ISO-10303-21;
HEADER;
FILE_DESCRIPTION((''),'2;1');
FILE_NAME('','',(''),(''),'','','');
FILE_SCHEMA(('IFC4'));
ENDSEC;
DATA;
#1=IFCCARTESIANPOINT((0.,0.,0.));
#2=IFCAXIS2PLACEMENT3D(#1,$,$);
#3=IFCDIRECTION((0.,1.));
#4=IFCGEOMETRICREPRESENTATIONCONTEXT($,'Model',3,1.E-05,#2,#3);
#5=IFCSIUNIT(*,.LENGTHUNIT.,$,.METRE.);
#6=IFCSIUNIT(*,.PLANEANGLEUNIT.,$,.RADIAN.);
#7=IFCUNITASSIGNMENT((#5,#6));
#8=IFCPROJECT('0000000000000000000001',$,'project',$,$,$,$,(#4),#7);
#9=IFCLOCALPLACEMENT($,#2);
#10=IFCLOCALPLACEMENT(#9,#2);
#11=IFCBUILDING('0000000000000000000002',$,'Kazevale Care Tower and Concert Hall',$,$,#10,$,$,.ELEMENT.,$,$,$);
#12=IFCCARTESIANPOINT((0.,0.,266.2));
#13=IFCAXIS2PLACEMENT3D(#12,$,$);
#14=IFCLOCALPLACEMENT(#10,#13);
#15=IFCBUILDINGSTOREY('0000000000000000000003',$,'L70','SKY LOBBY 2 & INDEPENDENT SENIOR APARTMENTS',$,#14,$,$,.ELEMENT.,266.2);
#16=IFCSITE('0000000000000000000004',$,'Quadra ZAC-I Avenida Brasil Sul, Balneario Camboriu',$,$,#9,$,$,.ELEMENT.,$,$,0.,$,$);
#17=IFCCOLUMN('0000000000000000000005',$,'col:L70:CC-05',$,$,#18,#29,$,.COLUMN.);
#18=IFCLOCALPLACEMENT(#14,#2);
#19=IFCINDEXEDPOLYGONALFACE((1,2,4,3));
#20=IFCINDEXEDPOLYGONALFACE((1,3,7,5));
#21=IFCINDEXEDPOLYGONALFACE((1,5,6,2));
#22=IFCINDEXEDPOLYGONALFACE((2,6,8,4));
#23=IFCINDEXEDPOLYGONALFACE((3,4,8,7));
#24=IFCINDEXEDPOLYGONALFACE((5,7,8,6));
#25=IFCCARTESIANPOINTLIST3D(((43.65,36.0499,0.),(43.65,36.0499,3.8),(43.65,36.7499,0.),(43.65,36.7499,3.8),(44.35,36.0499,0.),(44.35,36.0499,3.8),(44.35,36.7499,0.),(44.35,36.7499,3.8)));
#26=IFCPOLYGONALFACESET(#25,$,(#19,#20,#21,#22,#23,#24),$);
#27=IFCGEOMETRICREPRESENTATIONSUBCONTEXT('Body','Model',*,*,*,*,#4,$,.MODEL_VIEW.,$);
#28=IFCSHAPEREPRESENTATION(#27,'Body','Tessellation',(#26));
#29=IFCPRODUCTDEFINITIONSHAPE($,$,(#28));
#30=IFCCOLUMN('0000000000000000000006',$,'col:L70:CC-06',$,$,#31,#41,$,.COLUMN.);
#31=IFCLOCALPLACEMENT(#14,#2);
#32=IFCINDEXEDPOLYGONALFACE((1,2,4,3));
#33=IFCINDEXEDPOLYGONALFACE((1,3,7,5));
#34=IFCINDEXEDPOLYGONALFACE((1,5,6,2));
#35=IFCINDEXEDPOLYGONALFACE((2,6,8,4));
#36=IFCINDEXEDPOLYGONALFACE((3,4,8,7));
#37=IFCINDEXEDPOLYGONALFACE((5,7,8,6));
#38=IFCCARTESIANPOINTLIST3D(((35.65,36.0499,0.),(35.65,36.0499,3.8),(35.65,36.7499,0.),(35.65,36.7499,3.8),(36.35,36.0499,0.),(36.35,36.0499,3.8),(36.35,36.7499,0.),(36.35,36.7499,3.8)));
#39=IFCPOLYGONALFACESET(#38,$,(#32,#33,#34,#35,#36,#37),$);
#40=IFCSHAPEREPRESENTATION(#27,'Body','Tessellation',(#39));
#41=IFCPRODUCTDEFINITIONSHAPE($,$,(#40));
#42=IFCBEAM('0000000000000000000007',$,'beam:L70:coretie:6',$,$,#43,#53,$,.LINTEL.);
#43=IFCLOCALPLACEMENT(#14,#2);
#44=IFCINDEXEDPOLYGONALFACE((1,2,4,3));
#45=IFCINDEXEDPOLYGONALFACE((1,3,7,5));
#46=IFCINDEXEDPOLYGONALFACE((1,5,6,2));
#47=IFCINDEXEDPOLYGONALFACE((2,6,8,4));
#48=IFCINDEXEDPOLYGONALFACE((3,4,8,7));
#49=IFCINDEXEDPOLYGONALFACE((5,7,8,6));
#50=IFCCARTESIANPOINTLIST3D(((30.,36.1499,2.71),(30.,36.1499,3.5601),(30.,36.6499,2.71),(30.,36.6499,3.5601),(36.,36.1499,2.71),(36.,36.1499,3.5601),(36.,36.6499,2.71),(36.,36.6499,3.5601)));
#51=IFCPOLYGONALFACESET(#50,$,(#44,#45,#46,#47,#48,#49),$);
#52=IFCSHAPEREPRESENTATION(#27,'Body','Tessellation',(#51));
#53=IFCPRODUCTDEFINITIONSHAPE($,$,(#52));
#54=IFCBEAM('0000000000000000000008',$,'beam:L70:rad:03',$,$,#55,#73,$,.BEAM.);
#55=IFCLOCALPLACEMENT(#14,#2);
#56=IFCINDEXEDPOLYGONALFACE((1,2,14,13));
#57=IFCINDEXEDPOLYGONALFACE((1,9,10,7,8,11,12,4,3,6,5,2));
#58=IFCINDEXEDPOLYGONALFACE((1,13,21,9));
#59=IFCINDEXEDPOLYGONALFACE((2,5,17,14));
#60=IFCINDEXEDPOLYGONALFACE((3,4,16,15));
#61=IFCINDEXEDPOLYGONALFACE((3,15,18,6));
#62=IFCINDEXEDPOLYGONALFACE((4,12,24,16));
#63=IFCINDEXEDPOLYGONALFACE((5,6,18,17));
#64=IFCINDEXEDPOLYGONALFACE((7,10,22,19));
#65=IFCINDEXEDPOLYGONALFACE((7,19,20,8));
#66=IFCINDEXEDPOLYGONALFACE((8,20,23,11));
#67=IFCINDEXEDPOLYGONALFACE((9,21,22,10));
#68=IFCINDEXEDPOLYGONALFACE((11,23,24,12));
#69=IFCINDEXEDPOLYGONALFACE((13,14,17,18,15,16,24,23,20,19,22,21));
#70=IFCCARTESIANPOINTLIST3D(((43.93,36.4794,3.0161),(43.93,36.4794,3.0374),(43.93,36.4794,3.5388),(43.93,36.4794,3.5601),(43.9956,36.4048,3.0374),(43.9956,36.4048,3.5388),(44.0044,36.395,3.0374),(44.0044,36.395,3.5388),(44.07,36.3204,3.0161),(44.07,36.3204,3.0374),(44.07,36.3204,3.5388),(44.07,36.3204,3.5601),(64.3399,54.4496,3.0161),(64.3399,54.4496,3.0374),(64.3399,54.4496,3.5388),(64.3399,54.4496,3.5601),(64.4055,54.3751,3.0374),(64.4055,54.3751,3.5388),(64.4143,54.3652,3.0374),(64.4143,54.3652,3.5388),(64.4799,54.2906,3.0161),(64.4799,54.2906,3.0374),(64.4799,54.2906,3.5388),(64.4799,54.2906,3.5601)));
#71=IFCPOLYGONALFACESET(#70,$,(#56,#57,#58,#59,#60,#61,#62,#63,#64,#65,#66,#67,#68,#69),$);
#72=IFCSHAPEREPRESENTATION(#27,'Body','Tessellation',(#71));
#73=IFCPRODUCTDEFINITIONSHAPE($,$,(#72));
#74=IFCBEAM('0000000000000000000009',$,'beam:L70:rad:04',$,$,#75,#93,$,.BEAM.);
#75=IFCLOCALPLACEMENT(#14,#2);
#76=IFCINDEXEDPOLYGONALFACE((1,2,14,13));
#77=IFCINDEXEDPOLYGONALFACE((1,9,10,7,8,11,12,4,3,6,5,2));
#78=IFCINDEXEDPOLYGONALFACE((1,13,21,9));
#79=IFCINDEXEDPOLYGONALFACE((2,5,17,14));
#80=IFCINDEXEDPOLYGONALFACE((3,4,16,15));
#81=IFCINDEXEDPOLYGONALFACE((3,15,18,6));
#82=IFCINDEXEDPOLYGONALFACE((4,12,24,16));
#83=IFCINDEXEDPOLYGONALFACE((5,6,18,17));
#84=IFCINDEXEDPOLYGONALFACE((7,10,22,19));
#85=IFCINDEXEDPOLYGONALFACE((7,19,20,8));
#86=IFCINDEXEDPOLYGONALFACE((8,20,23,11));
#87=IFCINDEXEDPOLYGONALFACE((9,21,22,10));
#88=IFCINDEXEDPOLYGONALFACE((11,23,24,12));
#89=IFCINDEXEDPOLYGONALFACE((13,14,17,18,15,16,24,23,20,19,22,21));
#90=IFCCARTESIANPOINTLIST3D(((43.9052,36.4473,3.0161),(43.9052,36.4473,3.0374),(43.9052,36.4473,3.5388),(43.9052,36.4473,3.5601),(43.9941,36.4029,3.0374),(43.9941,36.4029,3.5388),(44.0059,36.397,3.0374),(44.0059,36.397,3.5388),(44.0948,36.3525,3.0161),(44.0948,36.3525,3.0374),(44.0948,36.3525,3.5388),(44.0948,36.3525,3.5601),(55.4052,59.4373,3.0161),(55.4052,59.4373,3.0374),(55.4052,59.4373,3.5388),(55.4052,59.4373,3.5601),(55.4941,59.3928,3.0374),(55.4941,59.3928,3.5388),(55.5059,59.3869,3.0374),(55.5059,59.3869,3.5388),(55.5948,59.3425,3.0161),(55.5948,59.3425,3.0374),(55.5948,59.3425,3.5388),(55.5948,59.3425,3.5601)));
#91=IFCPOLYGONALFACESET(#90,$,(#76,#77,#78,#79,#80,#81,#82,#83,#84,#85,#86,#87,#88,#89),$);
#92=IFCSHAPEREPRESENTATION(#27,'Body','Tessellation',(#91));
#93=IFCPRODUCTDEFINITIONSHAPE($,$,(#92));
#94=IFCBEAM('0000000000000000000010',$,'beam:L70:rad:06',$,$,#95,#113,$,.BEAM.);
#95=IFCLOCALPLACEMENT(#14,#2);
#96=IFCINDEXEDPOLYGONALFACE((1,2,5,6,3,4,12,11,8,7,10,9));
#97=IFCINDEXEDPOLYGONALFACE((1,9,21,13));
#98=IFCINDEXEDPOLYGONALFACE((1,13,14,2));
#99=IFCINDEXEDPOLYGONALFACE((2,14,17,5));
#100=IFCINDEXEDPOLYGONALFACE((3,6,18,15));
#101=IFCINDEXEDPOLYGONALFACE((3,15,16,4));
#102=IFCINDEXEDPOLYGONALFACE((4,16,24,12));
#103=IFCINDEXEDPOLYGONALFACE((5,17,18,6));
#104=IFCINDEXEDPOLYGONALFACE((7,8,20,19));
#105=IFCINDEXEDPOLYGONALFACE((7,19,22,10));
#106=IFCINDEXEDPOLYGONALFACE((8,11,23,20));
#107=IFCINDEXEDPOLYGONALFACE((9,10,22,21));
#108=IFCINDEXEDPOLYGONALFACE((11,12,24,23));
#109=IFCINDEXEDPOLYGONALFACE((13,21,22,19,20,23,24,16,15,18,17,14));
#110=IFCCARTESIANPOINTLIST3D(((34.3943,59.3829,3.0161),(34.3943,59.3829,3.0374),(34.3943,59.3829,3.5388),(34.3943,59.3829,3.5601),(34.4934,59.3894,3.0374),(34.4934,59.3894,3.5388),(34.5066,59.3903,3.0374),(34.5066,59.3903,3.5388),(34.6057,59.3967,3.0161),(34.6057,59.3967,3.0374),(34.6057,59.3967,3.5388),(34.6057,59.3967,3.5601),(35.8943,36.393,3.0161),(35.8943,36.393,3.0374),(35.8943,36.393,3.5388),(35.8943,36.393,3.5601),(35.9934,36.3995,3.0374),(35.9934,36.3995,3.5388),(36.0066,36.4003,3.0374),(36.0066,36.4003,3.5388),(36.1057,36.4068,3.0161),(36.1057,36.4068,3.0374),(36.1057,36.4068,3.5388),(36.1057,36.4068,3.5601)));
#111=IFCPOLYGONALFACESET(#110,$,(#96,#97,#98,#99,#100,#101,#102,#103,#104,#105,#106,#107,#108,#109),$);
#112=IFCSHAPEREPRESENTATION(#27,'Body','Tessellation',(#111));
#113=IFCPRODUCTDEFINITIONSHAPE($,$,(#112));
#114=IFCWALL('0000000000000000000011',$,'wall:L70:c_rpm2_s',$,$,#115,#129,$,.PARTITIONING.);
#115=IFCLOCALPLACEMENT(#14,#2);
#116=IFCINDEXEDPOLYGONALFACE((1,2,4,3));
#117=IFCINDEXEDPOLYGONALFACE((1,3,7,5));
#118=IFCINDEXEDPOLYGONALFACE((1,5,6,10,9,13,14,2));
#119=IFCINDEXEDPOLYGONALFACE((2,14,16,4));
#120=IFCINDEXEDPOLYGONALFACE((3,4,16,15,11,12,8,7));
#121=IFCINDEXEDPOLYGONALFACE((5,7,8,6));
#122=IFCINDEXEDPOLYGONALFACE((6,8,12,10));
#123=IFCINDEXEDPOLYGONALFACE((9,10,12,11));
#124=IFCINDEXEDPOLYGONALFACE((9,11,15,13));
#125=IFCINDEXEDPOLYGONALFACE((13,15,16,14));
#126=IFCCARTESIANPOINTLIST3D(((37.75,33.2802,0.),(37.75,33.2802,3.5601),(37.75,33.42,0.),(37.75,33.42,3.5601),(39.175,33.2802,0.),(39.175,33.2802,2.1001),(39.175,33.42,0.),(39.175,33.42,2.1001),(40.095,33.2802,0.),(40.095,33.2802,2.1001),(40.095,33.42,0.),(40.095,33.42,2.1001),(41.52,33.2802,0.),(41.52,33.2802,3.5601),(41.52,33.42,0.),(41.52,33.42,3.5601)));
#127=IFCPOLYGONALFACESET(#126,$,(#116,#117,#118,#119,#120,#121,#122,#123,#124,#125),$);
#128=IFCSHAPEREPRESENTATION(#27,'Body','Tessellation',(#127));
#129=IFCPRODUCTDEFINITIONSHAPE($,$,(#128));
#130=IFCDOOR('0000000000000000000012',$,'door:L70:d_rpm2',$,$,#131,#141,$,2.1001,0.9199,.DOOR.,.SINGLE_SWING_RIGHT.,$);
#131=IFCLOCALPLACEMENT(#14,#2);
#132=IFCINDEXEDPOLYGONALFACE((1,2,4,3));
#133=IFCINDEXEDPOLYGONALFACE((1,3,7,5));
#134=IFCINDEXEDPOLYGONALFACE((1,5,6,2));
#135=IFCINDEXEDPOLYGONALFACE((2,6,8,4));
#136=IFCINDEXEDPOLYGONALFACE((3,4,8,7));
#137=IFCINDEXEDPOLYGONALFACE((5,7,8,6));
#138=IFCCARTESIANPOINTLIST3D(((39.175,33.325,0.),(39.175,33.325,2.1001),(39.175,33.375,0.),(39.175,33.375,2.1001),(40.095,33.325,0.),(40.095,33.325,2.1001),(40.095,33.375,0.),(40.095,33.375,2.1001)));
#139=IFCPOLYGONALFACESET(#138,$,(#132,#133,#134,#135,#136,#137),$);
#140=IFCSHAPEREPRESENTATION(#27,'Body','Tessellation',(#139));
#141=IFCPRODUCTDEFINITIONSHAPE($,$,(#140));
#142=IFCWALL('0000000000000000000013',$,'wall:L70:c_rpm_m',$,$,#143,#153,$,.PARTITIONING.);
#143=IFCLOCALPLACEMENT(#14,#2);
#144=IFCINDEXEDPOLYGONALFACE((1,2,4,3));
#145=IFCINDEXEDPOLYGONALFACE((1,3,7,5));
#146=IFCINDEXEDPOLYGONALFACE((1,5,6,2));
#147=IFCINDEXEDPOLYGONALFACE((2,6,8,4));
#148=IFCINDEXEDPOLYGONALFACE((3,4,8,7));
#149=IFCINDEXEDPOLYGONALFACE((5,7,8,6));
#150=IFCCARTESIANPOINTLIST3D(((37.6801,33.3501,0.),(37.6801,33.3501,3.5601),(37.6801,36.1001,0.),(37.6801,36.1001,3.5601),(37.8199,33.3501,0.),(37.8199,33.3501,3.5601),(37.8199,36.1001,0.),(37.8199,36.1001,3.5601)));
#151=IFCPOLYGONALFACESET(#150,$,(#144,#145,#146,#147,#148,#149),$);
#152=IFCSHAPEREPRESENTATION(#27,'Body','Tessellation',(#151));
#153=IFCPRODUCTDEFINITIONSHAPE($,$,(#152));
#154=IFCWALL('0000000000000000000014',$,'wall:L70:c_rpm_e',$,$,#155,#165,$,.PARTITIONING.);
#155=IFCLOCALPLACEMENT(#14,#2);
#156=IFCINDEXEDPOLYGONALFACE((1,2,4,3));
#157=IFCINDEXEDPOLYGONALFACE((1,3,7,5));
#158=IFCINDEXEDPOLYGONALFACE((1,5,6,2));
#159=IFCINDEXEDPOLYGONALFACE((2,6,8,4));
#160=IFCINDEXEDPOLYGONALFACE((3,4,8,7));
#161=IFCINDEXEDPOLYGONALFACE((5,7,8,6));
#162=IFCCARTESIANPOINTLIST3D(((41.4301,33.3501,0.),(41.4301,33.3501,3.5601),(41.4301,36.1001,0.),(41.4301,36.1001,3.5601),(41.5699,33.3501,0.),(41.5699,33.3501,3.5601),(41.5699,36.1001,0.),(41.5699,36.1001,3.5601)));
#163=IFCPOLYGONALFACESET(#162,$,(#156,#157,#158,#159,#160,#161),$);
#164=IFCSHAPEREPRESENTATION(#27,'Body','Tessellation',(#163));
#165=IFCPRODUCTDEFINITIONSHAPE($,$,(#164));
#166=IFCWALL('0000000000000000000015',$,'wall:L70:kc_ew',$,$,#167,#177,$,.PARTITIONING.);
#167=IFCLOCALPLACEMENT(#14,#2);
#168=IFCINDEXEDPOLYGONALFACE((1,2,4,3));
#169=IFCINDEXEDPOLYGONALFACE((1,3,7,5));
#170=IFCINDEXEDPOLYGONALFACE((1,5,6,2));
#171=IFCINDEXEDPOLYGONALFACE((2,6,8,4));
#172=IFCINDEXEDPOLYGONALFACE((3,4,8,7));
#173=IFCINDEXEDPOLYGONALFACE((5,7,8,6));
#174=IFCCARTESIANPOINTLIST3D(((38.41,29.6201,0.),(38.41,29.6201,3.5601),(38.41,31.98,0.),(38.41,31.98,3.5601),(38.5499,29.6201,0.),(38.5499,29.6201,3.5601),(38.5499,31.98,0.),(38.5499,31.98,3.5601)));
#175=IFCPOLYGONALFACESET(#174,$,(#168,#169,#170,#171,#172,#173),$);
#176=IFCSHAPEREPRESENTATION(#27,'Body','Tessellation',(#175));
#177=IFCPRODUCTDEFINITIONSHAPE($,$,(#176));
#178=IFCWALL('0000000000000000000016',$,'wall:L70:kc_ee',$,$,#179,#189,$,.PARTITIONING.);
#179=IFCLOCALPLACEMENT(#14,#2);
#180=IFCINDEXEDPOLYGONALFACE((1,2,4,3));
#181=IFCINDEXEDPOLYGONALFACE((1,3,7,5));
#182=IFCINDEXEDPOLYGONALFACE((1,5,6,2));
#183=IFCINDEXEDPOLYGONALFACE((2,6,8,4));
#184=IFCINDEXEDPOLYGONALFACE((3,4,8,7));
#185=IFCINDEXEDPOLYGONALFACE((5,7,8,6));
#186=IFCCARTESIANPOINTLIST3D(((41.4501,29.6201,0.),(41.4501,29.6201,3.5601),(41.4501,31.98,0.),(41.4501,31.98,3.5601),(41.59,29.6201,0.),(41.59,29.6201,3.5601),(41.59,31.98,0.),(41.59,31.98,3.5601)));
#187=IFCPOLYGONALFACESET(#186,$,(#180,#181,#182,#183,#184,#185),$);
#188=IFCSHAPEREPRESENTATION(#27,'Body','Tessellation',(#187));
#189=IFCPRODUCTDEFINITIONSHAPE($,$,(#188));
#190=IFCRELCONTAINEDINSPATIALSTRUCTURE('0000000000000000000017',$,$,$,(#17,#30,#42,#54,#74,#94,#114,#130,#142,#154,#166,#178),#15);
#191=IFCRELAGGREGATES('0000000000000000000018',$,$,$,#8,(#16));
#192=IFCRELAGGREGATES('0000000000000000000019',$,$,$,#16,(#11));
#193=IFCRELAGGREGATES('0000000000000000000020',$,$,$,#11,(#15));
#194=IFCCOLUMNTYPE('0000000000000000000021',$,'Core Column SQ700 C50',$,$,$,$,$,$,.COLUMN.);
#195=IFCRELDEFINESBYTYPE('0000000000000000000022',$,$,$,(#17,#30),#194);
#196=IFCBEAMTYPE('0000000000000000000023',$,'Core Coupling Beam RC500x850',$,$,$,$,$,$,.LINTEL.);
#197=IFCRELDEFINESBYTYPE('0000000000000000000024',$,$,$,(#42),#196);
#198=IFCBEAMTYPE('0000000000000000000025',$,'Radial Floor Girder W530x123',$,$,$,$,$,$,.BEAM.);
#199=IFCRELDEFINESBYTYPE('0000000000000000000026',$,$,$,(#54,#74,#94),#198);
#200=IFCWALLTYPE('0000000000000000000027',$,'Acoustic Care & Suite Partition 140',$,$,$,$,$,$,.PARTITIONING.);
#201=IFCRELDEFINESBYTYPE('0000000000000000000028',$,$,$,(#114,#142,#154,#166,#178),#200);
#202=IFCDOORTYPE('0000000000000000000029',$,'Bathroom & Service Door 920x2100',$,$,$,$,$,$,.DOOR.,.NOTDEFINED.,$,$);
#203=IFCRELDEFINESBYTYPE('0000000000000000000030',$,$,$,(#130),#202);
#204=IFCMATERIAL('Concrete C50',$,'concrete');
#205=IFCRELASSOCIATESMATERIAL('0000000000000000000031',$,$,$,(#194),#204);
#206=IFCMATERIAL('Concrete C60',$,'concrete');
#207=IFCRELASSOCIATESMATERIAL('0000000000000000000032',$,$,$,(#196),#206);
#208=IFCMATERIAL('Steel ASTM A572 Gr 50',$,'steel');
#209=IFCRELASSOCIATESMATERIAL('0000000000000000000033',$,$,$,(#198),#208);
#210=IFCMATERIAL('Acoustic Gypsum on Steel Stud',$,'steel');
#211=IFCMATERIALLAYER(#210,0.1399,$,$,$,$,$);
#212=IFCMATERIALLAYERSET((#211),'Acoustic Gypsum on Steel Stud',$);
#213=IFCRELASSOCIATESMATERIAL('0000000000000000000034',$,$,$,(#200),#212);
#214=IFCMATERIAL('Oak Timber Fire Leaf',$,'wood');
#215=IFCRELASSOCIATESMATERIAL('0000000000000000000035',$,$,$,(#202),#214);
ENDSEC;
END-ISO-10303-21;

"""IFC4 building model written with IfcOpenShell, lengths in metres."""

from ifc_helpers import new_model, si_unit, direction, frame, frame_2d, origin, origin_2d, place, context, subcontext, project, spatial, rectangle, i_section, extrude, material, layer, layer_set, material_profile, profile_set, type_object, element, fill, save


model = new_model("IFC4")

# Units and contexts
model_context = context("Model", 3, precision=1e-05, world=origin(), true_north=direction((0.0, 1.0)))
body_context = subcontext(model_context, "Body", "Model", "MODEL_VIEW")
ifc_project = project(units=[si_unit("LENGTHUNIT", "METRE"), si_unit("PLANEANGLEUNIT", "RADIAN")], contexts=[model_context])

# Site, building, storey
site_placement = place(None, origin())
site = spatial("IfcSite", under=ifc_project, at=site_placement, Name="Quadra ZAC-I Avenida Brasil Sul, Balneario Camboriu", CompositionType="ELEMENT", RefElevation=0.0)
building_placement = place(site_placement, origin())
building = spatial("IfcBuilding", under=site, at=building_placement, Name="Kazevale Care Tower and Concert Hall", CompositionType="ELEMENT")
storey_placement = place(building_placement, frame((0.0, 0.0, 266.2)))
storey = spatial("IfcBuildingStorey", under=building, at=storey_placement, Name="L70", Description="SKY LOBBY 2 & INDEPENDENT SENIOR APARTMENTS", CompositionType="ELEMENT", Elevation=266.2)

# Columns
ifc_material_1 = material(Name="Concrete C50", Category="concrete")
ifc_material_profile_1 = material_profile(ifc_material_1, rectangle(XDim=0.7, YDim=0.7, at=origin_2d()), Name="RC-SQ700")
ifc_profile_set_1 = profile_set([ifc_material_profile_1], Name="Concrete C50")
column_type = type_object("IfcColumnType", Name="Core Column SQ700 C50", PredefinedType="COLUMN", material=ifc_profile_set_1)
for number, where, z_axis, x_axis, name in (
    (1, (44.0, 36.3999, 0.0), (0.0, 0.0, 1.0), (1.0, 0.0, 0.0), "col:L70:CC-05"),
    (2, (36.0, 36.3999, 0.0), (0.0, 0.0, 1.0), (1.0, 0.0, 0.0), "col:L70:CC-06"),
):
    element("IfcColumn", number, at=place(storey_placement, frame(where, z_axis=z_axis, x_axis=x_axis)), inside=storey, type_object=column_type, Name=name, PredefinedType="COLUMN", context=body_context, shape_type="SweptSolid", body=[
        extrude(rectangle(XDim=0.7, YDim=0.7, at=origin_2d()), origin(), (0.0, 0.0, 1.0), 3.8),
    ])

# Beams
ifc_material_2 = material(Name="Concrete C60", Category="concrete")
ifc_material_profile_2 = material_profile(ifc_material_2, rectangle(XDim=0.5, YDim=0.8501, at=origin_2d()), Name="RC-B500x850")
ifc_profile_set_2 = profile_set([ifc_material_profile_2], Name="Concrete C60")
beam_type_1 = type_object("IfcBeamType", Name="Core Coupling Beam RC500x850", PredefinedType="LINTEL", material=ifc_profile_set_2)
beam_1_placement = place(storey_placement, frame((36.0, 36.3999, 3.135), z_axis=(-1.0, 0.0, 0.0), x_axis=(0.0, -1.0, 0.0)))
element("IfcBeam", 3, at=beam_1_placement, inside=storey, type_object=beam_type_1, Name="beam:L70:coretie:6", PredefinedType="LINTEL", context=body_context, shape_type="SweptSolid", body=[
    extrude(rectangle(XDim=0.5, YDim=0.8501, at=origin_2d()), origin(), (0.0, 0.0, 1.0), 6.0),
])
ifc_material_3 = material(Name="Steel ASTM A572 Gr 50", Category="steel")
ifc_material_profile_3 = material_profile(ifc_material_3, i_section(OverallWidth=0.2119, OverallDepth=0.5439, WebThickness=0.0132, FlangeThickness=0.0212, at=origin_2d()), Name="W530x123")
ifc_profile_set_3 = profile_set([ifc_material_profile_3], Name="Steel ASTM A572 Gr 50")
beam_type_2 = type_object("IfcBeamType", Name="Radial Floor Girder W530x123", PredefinedType="BEAM", material=ifc_profile_set_3)
beam_2_placement = place(storey_placement, frame((44.0, 36.3999, 3.2881), z_axis=(0.75054, 0.660825, 0.0), x_axis=(-0.660825, 0.75054, 0.0)))
element("IfcBeam", 4, at=beam_2_placement, inside=storey, type_object=beam_type_2, Name="beam:L70:rad:03", PredefinedType="BEAM", context=body_context, shape_type="SweptSolid", body=[
    extrude(i_section(OverallWidth=0.2119, OverallDepth=0.5439, WebThickness=0.0132, FlangeThickness=0.0212, at=origin_2d()), origin(), (0.0, 0.0, 1.0), 27.1936),
])
beam_3_placement = place(storey_placement, frame((44.0, 36.3999, 3.2881), z_axis=(0.447369, 0.894349, 0.0), x_axis=(-0.894349, 0.447369, 0.0)))
element("IfcBeam", 5, at=beam_3_placement, inside=storey, type_object=beam_type_2, Name="beam:L70:rad:04", PredefinedType="BEAM", context=body_context, shape_type="SweptSolid", body=[
    extrude(i_section(OverallWidth=0.2119, OverallDepth=0.5439, WebThickness=0.0132, FlangeThickness=0.0212, at=origin_2d()), origin(), (0.0, 0.0, 1.0), 25.7058),
])
beam_4_placement = place(storey_placement, frame((36.0, 36.3999, 3.2881), z_axis=(-0.065107, 0.997878, 0.0), x_axis=(-0.997878, -0.065107, 0.0)))
element("IfcBeam", 6, at=beam_4_placement, inside=storey, type_object=beam_type_2, Name="beam:L70:rad:06", PredefinedType="BEAM", context=body_context, shape_type="SweptSolid", body=[
    extrude(i_section(OverallWidth=0.2119, OverallDepth=0.5439, WebThickness=0.0132, FlangeThickness=0.0212, at=origin_2d()), origin(), (0.0, 0.0, 1.0), 23.0388),
])

# Wall, opening, door
ifc_material_4 = material(Name="Acoustic Gypsum on Steel Stud", Category="steel")
ifc_layer_1 = layer(ifc_material_4, 0.1399)
ifc_layer_set_1 = layer_set([ifc_layer_1], Name="Acoustic Gypsum on Steel Stud")
wall_type = type_object("IfcWallType", Name="Acoustic Care & Suite Partition 140", PredefinedType="PARTITIONING", material=ifc_layer_set_1)
wall_1_placement = place(storey_placement, frame((37.75, 33.3501, 0.0), z_axis=(0.0, 0.0, 1.0), x_axis=(1.0, 0.0, 0.0)))
wall_1 = element("IfcWall", 7, at=wall_1_placement, inside=storey, type_object=wall_type, Name="wall:L70:c_rpm2_s", PredefinedType="PARTITIONING", context=body_context, shape_type="SweptSolid", body=[
    extrude(rectangle(XDim=3.77, YDim=0.1399, at=frame_2d((1.885, 0.0))), origin(), (0.0, 0.0, 1.0), 3.5601),
])
opening_1_placement = place(wall_1_placement, frame((1.425, 0.0, 0.0)))
opening_1 = element("IfcOpeningElement", 8, at=opening_1_placement, cuts=wall_1, PredefinedType="OPENING", context=body_context, shape_type="SweptSolid", body=[
    extrude(rectangle(XDim=0.9199, YDim=2.1001, at=frame_2d((0.46, 1.05))), frame((0.0, 0.0798, 0.0), z_axis=(0.0, -1.0, 0.0), x_axis=(1.0, 0.0, 0.0)), (0.0, 0.0, 1.0), 0.1599),
])
ifc_material_5 = material(Name="Oak Timber Fire Leaf", Category="wood")
door_type = type_object("IfcDoorType", Name="Bathroom & Service Door 920x2100", OperationType="NOTDEFINED", PredefinedType="DOOR", material=ifc_material_5)
door_1_placement = place(opening_1_placement, origin())
door_1 = element("IfcDoor", 9, at=door_1_placement, inside=storey, type_object=door_type, Name="door:L70:d_rpm2", OperationType="SINGLE_SWING_RIGHT", OverallHeight=2.1001, OverallWidth=0.9199, PredefinedType="DOOR", context=body_context, shape_type="SweptSolid", body=[
    extrude(rectangle(XDim=0.9199, YDim=2.1001, at=frame_2d((0.46, 1.05))), frame((0.0, 0.0249, 0.0), z_axis=(0.0, -1.0, 0.0), x_axis=(1.0, 0.0, 0.0)), (0.0, 0.0, 1.0), 0.05),
])
fill(opening_1, door_1)

# Walls
for number, where, z_axis, x_axis, name in (
    (10, (37.75, 33.3501, 0.0), (0.0, 0.0, 1.0), (0.0, 1.0, 0.0), "wall:L70:c_rpm_m"),
    (11, (41.5, 33.3501, 0.0), (0.0, 0.0, 1.0), (0.0, 1.0, 0.0), "wall:L70:c_rpm_e"),
):
    element("IfcWall", number, at=place(storey_placement, frame(where, z_axis=z_axis, x_axis=x_axis)), inside=storey, type_object=wall_type, Name=name, PredefinedType="PARTITIONING", context=body_context, shape_type="SweptSolid", body=[
        extrude(rectangle(XDim=2.75, YDim=0.1399, at=frame_2d((1.375, 0.0))), origin(), (0.0, 0.0, 1.0), 3.5601),
    ])
for number, where, z_axis, x_axis, name in (
    (12, (38.48, 29.6201, 0.0), (0.0, 0.0, 1.0), (0.0, 1.0, 0.0), "wall:L70:kc_ew"),
    (13, (41.52, 29.6201, 0.0), (0.0, 0.0, 1.0), (0.0, 1.0, 0.0), "wall:L70:kc_ee"),
):
    element("IfcWall", number, at=place(storey_placement, frame(where, z_axis=z_axis, x_axis=x_axis)), inside=storey, type_object=wall_type, Name=name, PredefinedType="PARTITIONING", context=body_context, shape_type="SweptSolid", body=[
        extrude(rectangle(XDim=2.3599, YDim=0.1399, at=frame_2d((1.1799, 0.0))), origin(), (0.0, 0.0, 1.0), 3.5601),
    ])

save(model, "model.ifc")
